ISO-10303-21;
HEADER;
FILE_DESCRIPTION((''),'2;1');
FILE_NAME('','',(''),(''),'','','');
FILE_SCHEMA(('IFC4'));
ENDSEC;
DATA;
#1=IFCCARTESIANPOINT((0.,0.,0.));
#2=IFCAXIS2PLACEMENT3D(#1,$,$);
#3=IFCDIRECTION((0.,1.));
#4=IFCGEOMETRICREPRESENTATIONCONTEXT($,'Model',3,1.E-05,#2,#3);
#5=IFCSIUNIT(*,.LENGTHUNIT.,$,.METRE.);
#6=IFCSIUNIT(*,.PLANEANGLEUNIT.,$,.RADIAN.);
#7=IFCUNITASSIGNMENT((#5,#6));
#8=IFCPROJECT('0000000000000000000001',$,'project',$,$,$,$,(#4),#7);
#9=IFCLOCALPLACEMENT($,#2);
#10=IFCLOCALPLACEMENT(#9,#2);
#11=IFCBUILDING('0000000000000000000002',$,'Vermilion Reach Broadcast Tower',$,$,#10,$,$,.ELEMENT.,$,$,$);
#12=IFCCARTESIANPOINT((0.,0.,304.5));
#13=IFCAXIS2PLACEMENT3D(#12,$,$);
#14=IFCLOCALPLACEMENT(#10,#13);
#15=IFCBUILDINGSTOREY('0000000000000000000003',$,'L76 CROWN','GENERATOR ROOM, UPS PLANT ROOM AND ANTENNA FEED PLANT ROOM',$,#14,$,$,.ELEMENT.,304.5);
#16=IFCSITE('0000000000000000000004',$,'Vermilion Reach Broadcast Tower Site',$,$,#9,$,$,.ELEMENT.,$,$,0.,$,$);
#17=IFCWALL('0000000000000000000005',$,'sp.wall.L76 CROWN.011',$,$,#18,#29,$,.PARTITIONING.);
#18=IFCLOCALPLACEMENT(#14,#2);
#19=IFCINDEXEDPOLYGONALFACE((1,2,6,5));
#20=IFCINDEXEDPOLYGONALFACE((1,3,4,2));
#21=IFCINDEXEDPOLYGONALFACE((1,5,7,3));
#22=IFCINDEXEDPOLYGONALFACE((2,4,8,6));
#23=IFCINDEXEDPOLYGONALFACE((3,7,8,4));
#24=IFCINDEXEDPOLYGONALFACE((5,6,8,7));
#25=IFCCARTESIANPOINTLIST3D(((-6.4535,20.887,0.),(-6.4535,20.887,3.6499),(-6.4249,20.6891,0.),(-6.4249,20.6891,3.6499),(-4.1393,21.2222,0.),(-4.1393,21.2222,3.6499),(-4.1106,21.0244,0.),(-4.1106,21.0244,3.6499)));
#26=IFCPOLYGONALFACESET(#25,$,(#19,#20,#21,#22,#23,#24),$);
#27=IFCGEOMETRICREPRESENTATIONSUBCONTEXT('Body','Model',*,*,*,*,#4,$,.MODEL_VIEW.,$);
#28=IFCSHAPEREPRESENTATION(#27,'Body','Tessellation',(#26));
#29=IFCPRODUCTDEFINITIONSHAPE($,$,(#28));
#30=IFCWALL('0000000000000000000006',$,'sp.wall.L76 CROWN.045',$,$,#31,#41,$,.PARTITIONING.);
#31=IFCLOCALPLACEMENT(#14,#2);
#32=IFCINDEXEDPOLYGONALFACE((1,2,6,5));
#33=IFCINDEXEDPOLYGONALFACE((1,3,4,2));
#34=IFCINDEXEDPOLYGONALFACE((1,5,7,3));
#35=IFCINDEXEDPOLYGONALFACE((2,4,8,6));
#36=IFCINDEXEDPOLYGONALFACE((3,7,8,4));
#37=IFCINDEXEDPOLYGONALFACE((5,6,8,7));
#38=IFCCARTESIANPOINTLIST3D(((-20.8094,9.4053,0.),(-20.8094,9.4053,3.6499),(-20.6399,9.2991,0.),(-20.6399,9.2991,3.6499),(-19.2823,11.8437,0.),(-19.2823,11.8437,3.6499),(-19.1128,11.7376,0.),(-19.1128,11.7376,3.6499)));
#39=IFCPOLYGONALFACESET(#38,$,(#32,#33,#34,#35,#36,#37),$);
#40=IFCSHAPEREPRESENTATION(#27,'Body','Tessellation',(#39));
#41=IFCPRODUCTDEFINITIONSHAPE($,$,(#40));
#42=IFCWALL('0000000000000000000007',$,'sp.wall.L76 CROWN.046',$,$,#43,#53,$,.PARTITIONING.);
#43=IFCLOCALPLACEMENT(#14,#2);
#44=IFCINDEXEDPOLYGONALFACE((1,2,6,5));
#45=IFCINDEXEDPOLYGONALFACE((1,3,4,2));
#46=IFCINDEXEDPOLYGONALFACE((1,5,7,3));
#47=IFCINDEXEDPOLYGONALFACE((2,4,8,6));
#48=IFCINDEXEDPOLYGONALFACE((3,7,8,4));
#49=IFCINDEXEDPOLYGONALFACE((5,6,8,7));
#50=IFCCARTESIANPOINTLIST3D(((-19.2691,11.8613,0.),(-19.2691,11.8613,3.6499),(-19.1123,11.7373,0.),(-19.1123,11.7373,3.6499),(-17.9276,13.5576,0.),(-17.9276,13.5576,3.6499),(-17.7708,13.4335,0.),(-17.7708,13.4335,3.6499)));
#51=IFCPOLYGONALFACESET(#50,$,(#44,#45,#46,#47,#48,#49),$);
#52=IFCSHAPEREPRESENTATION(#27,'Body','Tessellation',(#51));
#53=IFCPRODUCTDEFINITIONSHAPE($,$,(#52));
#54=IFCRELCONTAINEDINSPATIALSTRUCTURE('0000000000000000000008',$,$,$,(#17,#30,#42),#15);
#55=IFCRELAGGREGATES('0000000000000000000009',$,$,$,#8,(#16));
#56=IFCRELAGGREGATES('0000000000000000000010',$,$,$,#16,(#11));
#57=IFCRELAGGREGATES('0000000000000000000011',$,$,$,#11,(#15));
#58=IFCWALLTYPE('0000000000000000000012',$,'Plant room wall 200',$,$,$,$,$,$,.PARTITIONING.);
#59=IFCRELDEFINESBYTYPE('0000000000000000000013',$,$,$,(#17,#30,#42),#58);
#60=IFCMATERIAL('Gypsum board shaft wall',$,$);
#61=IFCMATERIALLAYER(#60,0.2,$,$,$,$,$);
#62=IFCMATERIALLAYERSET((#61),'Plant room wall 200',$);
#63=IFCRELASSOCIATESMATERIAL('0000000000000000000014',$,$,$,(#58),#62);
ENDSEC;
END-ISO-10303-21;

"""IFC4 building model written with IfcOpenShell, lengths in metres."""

from ifc_helpers import new_model, si_unit, direction, frame, frame_2d, origin, place, context, subcontext, project, spatial, rectangle, extrude, material, layer, layer_set, type_object, element, save


model = new_model("IFC4")

# Units and contexts
model_context = context("Model", 3, precision=1e-05, world=origin(), true_north=direction((0.0, 1.0)))
body_context = subcontext(model_context, "Body", "Model", "MODEL_VIEW")
ifc_project = project(units=[si_unit("LENGTHUNIT", "METRE"), si_unit("PLANEANGLEUNIT", "RADIAN")], contexts=[model_context])

# Site, building, storey
site_placement = place(None, origin())
site = spatial("IfcSite", under=ifc_project, at=site_placement, Name="Vermilion Reach Broadcast Tower Site", CompositionType="ELEMENT", RefElevation=0.0)
building_placement = place(site_placement, origin())
building = spatial("IfcBuilding", under=site, at=building_placement, Name="Vermilion Reach Broadcast Tower", CompositionType="ELEMENT")
storey_placement = place(building_placement, frame((0.0, 0.0, 304.5)))
storey = spatial("IfcBuildingStorey", under=building, at=storey_placement, Name="L76 CROWN", Description="GENERATOR ROOM, UPS PLANT ROOM AND ANTENNA FEED PLANT ROOM", CompositionType="ELEMENT", Elevation=304.5)

# Shared definitions
ifc_material_1 = material(Name="Gypsum board shaft wall")
ifc_layer_1 = layer(ifc_material_1, 0.2)
ifc_layer_set_1 = layer_set([ifc_layer_1], Name="Plant room wall 200")
wall_type_1 = type_object("IfcWallType", Name="Plant room wall 200", PredefinedType="PARTITIONING", material=ifc_layer_set_1)

# Walls
wall_1_placement = place(storey_placement, frame((-6.4392, 20.7881, 0.0), z_axis=(0.0, 0.0, 1.0), x_axis=(0.989672, 0.143351, 0.0)))
element("IfcWall", 1, at=wall_1_placement, inside=storey, type_object=wall_type_1, Name="sp.wall.L76 CROWN.011", PredefinedType="PARTITIONING", context=body_context, shape_type="SweptSolid", body=[
    extrude(rectangle(XDim=2.3384, YDim=0.2, at=frame_2d((1.1692, 0.0))), origin(), (0.0, 0.0, 1.0), 3.6499),
])
wall_2_placement = place(storey_placement, frame((-20.7246, 9.3523, 0.0), z_axis=(0.0, 0.0, 1.0), x_axis=(0.530761, 0.847521, 0.0)))
element("IfcWall", 2, at=wall_2_placement, inside=storey, type_object=wall_type_1, Name="sp.wall.L76 CROWN.045", PredefinedType="PARTITIONING", context=body_context, shape_type="SweptSolid", body=[
    extrude(rectangle(XDim=2.8772, YDim=0.2, at=frame_2d((1.4385, 0.0))), origin(), (0.0, 0.0, 1.0), 3.6499),
])
wall_3_placement = place(storey_placement, frame((-19.1907, 11.7993, 0.0), z_axis=(0.0, 0.0, 1.0), x_axis=(0.620321, 0.784348, 0.0)))
element("IfcWall", 3, at=wall_3_placement, inside=storey, type_object=wall_type_1, Name="sp.wall.L76 CROWN.046", PredefinedType="PARTITIONING", context=body_context, shape_type="SweptSolid", body=[
    extrude(rectangle(XDim=2.1626, YDim=0.2, at=frame_2d((1.0813, 0.0))), origin(), (0.0, 0.0, 1.0), 3.6499),
])

save(model, "model.ifc")
